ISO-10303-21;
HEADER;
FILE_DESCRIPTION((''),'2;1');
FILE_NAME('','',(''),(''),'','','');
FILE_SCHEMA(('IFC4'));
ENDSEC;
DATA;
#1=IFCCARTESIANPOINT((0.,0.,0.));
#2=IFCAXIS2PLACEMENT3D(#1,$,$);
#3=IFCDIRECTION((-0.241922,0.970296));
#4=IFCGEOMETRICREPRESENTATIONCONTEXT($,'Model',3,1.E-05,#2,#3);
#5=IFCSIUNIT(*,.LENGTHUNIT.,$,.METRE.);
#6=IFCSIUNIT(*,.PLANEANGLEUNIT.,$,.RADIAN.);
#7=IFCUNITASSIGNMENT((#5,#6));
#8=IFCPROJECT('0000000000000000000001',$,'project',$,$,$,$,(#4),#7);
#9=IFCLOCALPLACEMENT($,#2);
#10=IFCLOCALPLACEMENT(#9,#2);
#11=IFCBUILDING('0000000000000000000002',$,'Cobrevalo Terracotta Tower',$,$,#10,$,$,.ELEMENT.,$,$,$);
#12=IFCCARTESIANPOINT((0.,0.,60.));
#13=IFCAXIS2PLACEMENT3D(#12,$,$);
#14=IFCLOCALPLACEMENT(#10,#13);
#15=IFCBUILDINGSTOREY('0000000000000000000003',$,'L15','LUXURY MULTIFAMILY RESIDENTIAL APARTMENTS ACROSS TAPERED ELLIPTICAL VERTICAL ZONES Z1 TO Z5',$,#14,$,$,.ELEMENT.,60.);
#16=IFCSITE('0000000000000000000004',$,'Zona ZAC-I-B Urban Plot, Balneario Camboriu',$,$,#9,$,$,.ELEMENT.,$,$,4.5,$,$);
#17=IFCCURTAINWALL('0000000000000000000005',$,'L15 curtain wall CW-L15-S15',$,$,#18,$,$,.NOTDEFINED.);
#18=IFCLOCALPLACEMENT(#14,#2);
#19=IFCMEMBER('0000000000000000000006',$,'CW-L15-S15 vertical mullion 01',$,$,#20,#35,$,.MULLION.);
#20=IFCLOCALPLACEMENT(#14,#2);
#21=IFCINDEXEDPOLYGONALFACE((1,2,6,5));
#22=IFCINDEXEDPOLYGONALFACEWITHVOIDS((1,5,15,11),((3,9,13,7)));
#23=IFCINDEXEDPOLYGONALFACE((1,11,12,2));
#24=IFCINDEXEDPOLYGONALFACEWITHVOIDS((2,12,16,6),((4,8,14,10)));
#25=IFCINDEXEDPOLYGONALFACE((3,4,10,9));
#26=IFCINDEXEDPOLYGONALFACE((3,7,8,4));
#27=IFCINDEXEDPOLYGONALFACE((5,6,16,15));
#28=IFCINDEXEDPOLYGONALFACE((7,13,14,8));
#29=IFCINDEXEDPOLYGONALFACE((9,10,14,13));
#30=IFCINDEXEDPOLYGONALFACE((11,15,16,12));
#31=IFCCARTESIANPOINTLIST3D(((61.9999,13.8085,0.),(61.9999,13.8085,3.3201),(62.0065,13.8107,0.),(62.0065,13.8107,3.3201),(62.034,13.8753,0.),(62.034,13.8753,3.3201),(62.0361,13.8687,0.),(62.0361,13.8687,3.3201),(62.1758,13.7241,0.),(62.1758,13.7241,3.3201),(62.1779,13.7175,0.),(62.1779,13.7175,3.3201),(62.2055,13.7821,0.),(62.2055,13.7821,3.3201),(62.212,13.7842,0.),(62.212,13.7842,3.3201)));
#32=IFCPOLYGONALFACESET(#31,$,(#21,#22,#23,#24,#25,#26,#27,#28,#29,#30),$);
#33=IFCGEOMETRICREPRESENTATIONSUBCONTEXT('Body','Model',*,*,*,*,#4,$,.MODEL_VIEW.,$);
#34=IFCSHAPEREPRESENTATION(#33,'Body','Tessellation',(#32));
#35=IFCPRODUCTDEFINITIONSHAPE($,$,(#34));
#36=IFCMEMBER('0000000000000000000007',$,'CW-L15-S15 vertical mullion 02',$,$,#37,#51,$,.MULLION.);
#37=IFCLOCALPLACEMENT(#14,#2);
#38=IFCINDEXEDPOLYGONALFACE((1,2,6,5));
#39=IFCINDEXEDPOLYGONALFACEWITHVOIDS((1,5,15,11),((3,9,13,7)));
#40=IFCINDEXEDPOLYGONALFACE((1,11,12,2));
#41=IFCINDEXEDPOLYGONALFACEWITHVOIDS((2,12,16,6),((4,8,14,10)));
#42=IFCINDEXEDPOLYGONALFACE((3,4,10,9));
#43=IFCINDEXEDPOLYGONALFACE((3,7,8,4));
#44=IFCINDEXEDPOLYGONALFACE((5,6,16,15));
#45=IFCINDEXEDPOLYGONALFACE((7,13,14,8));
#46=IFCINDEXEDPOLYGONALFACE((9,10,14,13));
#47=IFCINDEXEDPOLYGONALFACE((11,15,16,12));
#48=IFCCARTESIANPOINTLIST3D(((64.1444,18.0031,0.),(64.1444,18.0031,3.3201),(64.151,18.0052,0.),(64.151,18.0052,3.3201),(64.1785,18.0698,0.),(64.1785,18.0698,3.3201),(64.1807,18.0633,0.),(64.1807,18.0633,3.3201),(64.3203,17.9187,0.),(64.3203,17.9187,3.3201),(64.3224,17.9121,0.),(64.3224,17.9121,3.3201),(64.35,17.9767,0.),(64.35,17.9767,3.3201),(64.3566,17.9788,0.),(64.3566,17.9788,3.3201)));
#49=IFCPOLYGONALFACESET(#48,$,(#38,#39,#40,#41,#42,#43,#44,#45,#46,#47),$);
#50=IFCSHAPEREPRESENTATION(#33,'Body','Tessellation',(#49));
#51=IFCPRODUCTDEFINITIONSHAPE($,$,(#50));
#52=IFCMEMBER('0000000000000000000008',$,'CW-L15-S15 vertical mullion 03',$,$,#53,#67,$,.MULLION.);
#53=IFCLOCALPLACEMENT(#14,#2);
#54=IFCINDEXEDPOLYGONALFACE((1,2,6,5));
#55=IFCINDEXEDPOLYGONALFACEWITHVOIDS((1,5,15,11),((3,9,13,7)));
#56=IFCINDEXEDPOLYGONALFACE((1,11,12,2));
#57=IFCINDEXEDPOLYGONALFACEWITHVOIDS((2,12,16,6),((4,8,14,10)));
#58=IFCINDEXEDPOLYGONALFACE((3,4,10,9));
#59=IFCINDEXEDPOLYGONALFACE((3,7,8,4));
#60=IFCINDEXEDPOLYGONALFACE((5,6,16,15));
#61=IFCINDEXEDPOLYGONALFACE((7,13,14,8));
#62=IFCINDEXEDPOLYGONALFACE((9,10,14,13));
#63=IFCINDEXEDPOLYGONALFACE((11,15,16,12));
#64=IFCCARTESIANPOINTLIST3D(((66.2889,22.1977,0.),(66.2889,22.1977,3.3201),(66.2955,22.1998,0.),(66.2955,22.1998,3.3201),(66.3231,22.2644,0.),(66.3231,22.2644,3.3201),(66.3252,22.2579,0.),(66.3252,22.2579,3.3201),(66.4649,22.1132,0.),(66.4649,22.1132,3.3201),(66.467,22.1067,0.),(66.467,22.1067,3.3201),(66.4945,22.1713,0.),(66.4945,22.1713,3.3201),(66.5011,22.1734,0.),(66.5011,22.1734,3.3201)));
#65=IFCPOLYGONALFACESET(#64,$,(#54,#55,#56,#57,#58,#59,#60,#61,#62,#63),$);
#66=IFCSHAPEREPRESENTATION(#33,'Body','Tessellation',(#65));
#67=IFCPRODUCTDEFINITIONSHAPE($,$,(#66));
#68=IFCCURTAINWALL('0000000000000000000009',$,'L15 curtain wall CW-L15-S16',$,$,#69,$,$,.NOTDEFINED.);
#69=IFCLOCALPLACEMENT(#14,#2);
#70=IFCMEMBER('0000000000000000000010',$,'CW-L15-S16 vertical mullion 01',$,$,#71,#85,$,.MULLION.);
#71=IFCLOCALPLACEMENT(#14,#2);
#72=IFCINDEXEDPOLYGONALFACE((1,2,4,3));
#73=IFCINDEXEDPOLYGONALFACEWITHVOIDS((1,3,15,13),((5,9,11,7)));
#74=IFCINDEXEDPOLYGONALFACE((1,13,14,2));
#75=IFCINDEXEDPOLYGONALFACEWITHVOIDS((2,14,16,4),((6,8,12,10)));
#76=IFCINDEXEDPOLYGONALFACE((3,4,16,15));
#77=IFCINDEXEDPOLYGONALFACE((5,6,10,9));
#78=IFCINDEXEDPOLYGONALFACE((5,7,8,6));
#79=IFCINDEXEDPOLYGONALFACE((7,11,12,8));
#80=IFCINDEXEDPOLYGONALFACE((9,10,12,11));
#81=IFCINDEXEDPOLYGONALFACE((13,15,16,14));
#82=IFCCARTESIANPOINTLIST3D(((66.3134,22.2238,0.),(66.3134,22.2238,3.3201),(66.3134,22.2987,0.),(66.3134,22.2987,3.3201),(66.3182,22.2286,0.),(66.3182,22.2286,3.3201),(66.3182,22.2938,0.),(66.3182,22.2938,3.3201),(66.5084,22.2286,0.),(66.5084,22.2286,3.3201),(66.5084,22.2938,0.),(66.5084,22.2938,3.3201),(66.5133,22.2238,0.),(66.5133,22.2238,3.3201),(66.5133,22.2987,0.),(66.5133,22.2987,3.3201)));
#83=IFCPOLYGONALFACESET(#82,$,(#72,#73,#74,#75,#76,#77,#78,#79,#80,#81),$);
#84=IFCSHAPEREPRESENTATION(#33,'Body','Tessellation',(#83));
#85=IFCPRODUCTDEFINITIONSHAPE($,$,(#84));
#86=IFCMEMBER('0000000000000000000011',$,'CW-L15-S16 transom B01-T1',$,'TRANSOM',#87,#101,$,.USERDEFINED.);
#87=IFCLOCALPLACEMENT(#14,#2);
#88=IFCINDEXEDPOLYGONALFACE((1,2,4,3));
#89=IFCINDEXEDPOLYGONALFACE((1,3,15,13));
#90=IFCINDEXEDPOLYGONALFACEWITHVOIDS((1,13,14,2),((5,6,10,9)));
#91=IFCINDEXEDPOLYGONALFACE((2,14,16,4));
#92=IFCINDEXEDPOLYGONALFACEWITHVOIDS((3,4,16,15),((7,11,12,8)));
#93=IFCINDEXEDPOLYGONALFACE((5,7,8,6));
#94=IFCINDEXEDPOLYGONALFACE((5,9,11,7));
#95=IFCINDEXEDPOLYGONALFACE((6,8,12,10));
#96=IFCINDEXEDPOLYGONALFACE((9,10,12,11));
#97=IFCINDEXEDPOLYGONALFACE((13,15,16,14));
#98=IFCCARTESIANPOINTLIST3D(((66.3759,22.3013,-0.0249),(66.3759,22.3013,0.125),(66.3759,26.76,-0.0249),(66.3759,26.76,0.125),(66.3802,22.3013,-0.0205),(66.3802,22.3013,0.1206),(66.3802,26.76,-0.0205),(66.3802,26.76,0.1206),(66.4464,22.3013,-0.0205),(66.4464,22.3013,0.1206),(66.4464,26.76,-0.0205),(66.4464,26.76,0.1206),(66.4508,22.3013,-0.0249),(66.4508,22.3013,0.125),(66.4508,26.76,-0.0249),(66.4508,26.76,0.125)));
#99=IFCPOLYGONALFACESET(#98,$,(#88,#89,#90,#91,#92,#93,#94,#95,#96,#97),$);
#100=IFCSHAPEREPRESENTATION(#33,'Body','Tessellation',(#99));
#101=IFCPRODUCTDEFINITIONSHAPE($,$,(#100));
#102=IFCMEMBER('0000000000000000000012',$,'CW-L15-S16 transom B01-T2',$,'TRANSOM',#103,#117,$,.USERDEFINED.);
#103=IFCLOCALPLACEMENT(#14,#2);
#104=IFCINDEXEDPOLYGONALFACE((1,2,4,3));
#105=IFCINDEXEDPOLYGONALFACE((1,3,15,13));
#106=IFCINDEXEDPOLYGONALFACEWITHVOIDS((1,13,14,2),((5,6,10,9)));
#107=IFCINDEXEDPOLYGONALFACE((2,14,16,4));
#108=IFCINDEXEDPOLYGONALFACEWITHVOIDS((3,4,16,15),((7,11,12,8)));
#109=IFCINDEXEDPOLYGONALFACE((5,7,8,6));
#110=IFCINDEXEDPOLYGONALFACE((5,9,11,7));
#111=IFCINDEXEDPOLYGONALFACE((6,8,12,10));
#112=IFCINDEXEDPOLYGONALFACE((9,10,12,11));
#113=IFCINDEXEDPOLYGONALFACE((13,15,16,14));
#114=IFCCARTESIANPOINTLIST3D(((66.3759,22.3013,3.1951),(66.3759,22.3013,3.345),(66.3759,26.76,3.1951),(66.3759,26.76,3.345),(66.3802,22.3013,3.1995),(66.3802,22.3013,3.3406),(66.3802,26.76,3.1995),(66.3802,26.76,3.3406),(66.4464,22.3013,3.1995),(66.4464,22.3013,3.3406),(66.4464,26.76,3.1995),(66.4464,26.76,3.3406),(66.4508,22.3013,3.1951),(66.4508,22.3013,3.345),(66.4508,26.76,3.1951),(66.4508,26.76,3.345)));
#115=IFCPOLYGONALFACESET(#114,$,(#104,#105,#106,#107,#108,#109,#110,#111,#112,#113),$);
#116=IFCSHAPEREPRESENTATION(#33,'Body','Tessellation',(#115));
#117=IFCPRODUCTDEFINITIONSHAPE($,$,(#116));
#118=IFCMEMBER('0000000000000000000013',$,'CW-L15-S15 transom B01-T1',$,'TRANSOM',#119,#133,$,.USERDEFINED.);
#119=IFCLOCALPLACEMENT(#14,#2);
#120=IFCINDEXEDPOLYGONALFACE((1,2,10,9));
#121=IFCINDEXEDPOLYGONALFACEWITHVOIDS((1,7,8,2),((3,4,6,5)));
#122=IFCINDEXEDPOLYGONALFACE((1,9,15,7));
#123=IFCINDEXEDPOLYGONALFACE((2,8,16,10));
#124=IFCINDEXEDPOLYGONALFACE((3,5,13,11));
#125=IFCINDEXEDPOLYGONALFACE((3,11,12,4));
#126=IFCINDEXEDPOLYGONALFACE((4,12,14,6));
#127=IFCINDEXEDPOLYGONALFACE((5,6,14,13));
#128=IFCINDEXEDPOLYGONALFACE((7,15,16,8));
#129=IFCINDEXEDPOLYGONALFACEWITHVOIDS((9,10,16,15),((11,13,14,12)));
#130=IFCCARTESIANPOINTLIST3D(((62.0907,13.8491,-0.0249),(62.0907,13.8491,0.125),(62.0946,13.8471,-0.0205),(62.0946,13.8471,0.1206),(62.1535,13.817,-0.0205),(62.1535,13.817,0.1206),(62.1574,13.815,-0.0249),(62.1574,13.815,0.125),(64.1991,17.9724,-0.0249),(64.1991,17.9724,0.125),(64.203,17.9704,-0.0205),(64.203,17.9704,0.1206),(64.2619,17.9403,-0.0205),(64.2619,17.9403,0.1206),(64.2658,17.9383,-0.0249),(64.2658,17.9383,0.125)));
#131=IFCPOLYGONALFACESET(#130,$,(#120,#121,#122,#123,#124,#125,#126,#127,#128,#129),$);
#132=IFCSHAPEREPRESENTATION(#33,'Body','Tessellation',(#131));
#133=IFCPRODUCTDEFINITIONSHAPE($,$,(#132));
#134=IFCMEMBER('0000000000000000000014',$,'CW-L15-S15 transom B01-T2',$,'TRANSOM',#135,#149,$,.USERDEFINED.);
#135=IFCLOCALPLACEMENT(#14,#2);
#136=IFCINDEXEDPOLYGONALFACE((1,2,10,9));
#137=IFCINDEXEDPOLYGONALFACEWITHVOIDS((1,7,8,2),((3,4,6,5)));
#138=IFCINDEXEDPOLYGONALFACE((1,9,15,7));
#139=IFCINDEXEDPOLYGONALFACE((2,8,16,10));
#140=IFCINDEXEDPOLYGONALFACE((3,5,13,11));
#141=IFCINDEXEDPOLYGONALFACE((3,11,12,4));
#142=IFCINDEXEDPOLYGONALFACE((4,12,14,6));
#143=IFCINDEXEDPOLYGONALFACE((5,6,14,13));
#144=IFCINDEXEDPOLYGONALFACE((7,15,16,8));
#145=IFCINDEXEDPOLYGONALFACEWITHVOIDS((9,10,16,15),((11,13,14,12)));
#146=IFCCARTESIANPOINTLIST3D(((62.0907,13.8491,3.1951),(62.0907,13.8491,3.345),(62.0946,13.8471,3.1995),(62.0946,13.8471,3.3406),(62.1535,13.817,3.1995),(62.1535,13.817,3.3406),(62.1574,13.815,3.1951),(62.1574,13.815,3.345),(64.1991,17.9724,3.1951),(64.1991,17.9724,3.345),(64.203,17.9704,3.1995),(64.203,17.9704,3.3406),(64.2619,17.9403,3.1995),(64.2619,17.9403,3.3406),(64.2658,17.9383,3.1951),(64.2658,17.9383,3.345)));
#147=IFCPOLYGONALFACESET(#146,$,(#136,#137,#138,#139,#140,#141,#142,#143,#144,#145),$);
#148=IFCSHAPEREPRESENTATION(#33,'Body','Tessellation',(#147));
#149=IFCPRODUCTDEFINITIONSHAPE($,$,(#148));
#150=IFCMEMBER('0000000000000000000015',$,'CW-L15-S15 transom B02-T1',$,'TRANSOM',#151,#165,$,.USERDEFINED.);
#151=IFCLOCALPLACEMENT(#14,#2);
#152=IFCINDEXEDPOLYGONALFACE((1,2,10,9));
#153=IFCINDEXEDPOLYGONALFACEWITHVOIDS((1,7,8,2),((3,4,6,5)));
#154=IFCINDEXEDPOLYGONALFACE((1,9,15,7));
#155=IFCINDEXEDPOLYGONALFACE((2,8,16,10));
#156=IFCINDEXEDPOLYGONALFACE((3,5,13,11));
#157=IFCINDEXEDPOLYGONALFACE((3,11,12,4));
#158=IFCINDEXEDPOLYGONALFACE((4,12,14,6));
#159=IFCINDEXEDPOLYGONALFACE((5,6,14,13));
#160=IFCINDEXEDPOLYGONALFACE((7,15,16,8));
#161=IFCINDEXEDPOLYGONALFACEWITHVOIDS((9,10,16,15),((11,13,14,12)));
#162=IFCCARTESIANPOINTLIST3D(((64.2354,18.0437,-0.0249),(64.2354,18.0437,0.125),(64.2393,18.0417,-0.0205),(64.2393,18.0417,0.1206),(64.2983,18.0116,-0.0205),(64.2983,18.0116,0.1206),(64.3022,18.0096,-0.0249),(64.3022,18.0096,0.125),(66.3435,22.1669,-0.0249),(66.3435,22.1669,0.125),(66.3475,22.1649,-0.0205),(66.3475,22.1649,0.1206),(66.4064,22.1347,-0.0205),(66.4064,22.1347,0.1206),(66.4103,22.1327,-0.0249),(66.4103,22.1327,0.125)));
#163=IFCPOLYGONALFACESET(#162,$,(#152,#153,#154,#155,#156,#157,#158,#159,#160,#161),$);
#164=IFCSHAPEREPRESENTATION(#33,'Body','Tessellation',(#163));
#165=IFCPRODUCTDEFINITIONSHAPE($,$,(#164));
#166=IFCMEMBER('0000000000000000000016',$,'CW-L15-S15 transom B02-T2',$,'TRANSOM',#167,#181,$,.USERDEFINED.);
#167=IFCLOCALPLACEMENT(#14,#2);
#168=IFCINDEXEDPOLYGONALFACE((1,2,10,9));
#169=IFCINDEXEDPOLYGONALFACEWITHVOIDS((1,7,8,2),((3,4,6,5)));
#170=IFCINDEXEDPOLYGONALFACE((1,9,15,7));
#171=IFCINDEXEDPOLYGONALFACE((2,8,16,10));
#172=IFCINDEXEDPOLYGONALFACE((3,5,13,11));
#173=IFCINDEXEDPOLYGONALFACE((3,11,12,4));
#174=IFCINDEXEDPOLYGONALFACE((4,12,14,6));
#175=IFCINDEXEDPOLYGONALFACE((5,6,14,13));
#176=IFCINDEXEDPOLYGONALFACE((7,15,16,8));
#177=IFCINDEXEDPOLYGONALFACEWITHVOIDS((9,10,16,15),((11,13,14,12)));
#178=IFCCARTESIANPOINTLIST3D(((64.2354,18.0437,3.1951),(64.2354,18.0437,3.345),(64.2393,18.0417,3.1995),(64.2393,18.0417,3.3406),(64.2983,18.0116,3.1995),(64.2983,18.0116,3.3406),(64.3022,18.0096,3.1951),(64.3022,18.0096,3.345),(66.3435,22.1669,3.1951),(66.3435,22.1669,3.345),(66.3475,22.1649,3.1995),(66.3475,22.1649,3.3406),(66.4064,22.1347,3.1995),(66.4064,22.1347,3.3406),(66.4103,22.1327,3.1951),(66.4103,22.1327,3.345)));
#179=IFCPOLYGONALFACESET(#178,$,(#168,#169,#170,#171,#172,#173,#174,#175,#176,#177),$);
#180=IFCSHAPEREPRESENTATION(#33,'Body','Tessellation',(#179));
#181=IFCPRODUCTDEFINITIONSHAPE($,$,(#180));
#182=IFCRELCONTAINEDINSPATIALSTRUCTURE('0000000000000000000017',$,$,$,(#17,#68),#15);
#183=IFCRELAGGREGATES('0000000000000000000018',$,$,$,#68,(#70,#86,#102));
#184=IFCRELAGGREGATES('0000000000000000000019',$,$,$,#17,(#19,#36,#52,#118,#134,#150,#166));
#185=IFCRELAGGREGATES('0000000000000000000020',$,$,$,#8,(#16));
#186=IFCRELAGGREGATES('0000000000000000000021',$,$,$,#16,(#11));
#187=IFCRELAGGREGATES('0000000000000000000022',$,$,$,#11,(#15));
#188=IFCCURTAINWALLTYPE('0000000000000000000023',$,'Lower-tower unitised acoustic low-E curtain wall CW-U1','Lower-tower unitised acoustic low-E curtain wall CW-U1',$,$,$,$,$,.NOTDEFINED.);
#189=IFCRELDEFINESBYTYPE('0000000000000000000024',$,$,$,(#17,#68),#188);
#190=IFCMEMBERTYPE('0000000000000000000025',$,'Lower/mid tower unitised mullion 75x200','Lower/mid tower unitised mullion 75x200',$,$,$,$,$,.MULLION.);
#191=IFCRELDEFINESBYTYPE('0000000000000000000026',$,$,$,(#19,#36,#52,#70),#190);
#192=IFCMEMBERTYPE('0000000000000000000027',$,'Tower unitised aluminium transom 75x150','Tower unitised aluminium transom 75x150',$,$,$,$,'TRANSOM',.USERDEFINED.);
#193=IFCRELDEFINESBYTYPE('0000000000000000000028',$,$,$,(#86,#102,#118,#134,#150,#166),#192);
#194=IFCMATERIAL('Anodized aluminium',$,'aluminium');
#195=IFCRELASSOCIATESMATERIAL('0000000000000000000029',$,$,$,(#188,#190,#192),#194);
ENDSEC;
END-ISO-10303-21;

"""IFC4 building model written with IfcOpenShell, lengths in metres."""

from ifc_helpers import new_model, si_unit, direction, frame, origin, origin_2d, place, context, subcontext, project, spatial, hollow_rectangle, extrude, source, transform, mapped, material, material_profile, profile_set, type_object, element, aggregate, save


model = new_model("IFC4")

# Units and contexts
model_context = context("Model", 3, precision=1e-05, world=origin(), true_north=direction((-0.241922, 0.970296)))
body_context = subcontext(model_context, "Body", "Model", "MODEL_VIEW")
ifc_project = project(units=[si_unit("LENGTHUNIT", "METRE"), si_unit("PLANEANGLEUNIT", "RADIAN")], contexts=[model_context])

# Site, building, storey
site_placement = place(None, origin())
site = spatial("IfcSite", under=ifc_project, at=site_placement, Name="Zona ZAC-I-B Urban Plot, Balneario Camboriu", CompositionType="ELEMENT", RefElevation=4.5)
building_placement = place(site_placement, origin())
building = spatial("IfcBuilding", under=site, at=building_placement, Name="Cobrevalo Terracotta Tower", CompositionType="ELEMENT")
storey_placement = place(building_placement, frame((0.0, 0.0, 60.0)))
storey = spatial("IfcBuildingStorey", under=building, at=storey_placement, Name="L15", Description="LUXURY MULTIFAMILY RESIDENTIAL APARTMENTS ACROSS TAPERED ELLIPTICAL VERTICAL ZONES Z1 TO Z5", CompositionType="ELEMENT", Elevation=60.0)

# Curtain walls, members
ifc_material_1 = material(Name="Anodized aluminium", Category="aluminium")
curtain_wall_type = type_object("IfcCurtainWallType", Name="Lower-tower unitised acoustic low-E curtain wall CW-U1", Description="Lower-tower unitised acoustic low-E curtain wall CW-U1", PredefinedType="NOTDEFINED", material=ifc_material_1)
curtain_wall_1_placement = place(storey_placement, origin())
curtain_wall_1 = element("IfcCurtainWall", 1, at=curtain_wall_1_placement, inside=storey, type_object=curtain_wall_type, Name="L15 curtain wall CW-L15-S15", PredefinedType="NOTDEFINED")
ifc_material_profile_1 = material_profile(ifc_material_1, hollow_rectangle(XDim=0.075, YDim=0.2, WallThickness=0.0049, at=origin_2d()), Name="CWM 75x200")
ifc_profile_set_1 = profile_set([ifc_material_profile_1], Name="Anodized aluminium")
member_type_1 = type_object("IfcMemberType", Name="Lower/mid tower unitised mullion 75x200", Description="Lower/mid tower unitised mullion 75x200", PredefinedType="MULLION", material=ifc_profile_set_1)
shared_shape_1 = source(origin(), body_context, "Body", "SweptSolid", [
    extrude(hollow_rectangle(XDim=0.075, YDim=0.2, WallThickness=0.0049, at=origin_2d()), origin(), (0.0, 0.0, 1.0), 3.3201),
])
member_1_placement = place(storey_placement, frame((62.106, 13.7964, 0.0), z_axis=(0.0, 0.0, 1.0), x_axis=(0.455234, 0.890372, 0.0)))
member_1 = element("IfcMember", 2, at=member_1_placement, type_object=member_type_1, Name="CW-L15-S15 vertical mullion 01", PredefinedType="MULLION", context=body_context, shape_type="MappedRepresentation", body=[
    mapped(shared_shape_1, transform((0.0, 0.0, 0.0), scale=1.0)),
])
member_2_placement = place(storey_placement, frame((64.2505, 17.991, 0.0), z_axis=(0.0, 0.0, 1.0), x_axis=(0.455234, 0.890372, 0.0)))
member_2 = element("IfcMember", 3, at=member_2_placement, type_object=member_type_1, Name="CW-L15-S15 vertical mullion 02", PredefinedType="MULLION", context=body_context, shape_type="MappedRepresentation", body=[
    mapped(shared_shape_1, transform((0.0, 0.0, 0.0), scale=1.0)),
])
member_3_placement = place(storey_placement, frame((66.395, 22.1855, 0.0), z_axis=(0.0, 0.0, 1.0), x_axis=(0.455234, 0.890372, 0.0)))
member_3 = element("IfcMember", 4, at=member_3_placement, type_object=member_type_1, Name="CW-L15-S15 vertical mullion 03", PredefinedType="MULLION", context=body_context, shape_type="MappedRepresentation", body=[
    mapped(shared_shape_1, transform((0.0, 0.0, 0.0), scale=1.0)),
])
curtain_wall_2_placement = place(storey_placement, origin())
curtain_wall_2 = element("IfcCurtainWall", 5, at=curtain_wall_2_placement, inside=storey, type_object=curtain_wall_type, Name="L15 curtain wall CW-L15-S16", PredefinedType="NOTDEFINED")
member_4_placement = place(storey_placement, frame((66.4133, 22.2612, 0.0), z_axis=(0.0, 0.0, 1.0), x_axis=(0.0, 1.0, 0.0)))
member_4 = element("IfcMember", 6, at=member_4_placement, type_object=member_type_1, Name="CW-L15-S16 vertical mullion 01", PredefinedType="MULLION", context=body_context, shape_type="MappedRepresentation", body=[
    mapped(shared_shape_1, transform((0.0, 0.0, 0.0), scale=1.0)),
])
ifc_material_profile_2 = material_profile(ifc_material_1, hollow_rectangle(XDim=0.075, YDim=0.1499, WallThickness=0.0044, at=origin_2d()), Name="CWT 75x150")
ifc_profile_set_2 = profile_set([ifc_material_profile_2], Name="Anodized aluminium")
member_type_2 = type_object("IfcMemberType", Name="Tower unitised aluminium transom 75x150", Description="Tower unitised aluminium transom 75x150", ElementType="TRANSOM", PredefinedType="USERDEFINED", material=ifc_profile_set_2)
shared_shape_2 = source(origin(), body_context, "Body", "SweptSolid", [
    extrude(hollow_rectangle(XDim=0.075, YDim=0.1499, WallThickness=0.0044, at=origin_2d()), origin(), (0.0, 0.0, 1.0), 4.4587),
])
member_5_placement = place(storey_placement, frame((66.4133, 22.3013, 0.05), z_axis=(0.0, 1.0, 0.0), x_axis=(-1.0, 0.0, 0.0)))
member_5 = element("IfcMember", 7, at=member_5_placement, type_object=member_type_2, Name="CW-L15-S16 transom B01-T1", ObjectType="TRANSOM", PredefinedType="USERDEFINED", context=body_context, shape_type="MappedRepresentation", body=[
    mapped(shared_shape_2, transform((0.0, 0.0, 0.0), scale=1.0)),
])
member_6_placement = place(storey_placement, frame((66.4133, 22.3013, 3.27), z_axis=(0.0, 1.0, 0.0), x_axis=(-1.0, 0.0, 0.0)))
member_6 = element("IfcMember", 8, at=member_6_placement, type_object=member_type_2, Name="CW-L15-S16 transom B01-T2", ObjectType="TRANSOM", PredefinedType="USERDEFINED", context=body_context, shape_type="MappedRepresentation", body=[
    mapped(shared_shape_2, transform((0.0, 0.0, 0.0), scale=1.0)),
])

# Members
shared_shape_3 = source(origin(), body_context, "Body", "SweptSolid", [
    extrude(hollow_rectangle(XDim=0.075, YDim=0.1499, WallThickness=0.0044, at=origin_2d()), origin(), (0.0, 0.0, 1.0), 4.6311),
])
member_7_placement = place(storey_placement, frame((62.124, 13.832, 0.05), z_axis=(0.455272, 0.890353, 0.0), x_axis=(-0.890353, 0.455272, 0.0)))
member_7 = element("IfcMember", 9, at=member_7_placement, type_object=member_type_2, Name="CW-L15-S15 transom B01-T1", ObjectType="TRANSOM", PredefinedType="USERDEFINED", context=body_context, shape_type="MappedRepresentation", body=[
    mapped(shared_shape_3, transform((0.0, 0.0, 0.0), scale=1.0)),
])
member_8_placement = place(storey_placement, frame((62.124, 13.832, 3.27), z_axis=(0.455272, 0.890353, 0.0), x_axis=(-0.890353, 0.455272, 0.0)))
member_8 = element("IfcMember", 10, at=member_8_placement, type_object=member_type_2, Name="CW-L15-S15 transom B01-T2", ObjectType="TRANSOM", PredefinedType="USERDEFINED", context=body_context, shape_type="MappedRepresentation", body=[
    mapped(shared_shape_3, transform((0.0, 0.0, 0.0), scale=1.0)),
])
shared_shape_4 = source(origin(), body_context, "Body", "SweptSolid", [
    extrude(hollow_rectangle(XDim=0.075, YDim=0.1499, WallThickness=0.0044, at=origin_2d()), origin(), (0.0, 0.0, 1.0), 4.6309),
])
member_9_placement = place(storey_placement, frame((64.2688, 18.0266, 0.05), z_axis=(0.45523, 0.890374, 0.0), x_axis=(-0.890374, 0.45523, 0.0)))
member_9 = element("IfcMember", 11, at=member_9_placement, type_object=member_type_2, Name="CW-L15-S15 transom B02-T1", ObjectType="TRANSOM", PredefinedType="USERDEFINED", context=body_context, shape_type="MappedRepresentation", body=[
    mapped(shared_shape_4, transform((0.0, 0.0, 0.0), scale=1.0)),
])
member_10_placement = place(storey_placement, frame((64.2688, 18.0266, 3.27), z_axis=(0.45523, 0.890374, 0.0), x_axis=(-0.890374, 0.45523, 0.0)))
member_10 = element("IfcMember", 12, at=member_10_placement, type_object=member_type_2, Name="CW-L15-S15 transom B02-T2", ObjectType="TRANSOM", PredefinedType="USERDEFINED", context=body_context, shape_type="MappedRepresentation", body=[
    mapped(shared_shape_4, transform((0.0, 0.0, 0.0), scale=1.0)),
])

aggregate(curtain_wall_2, [member_4, member_5, member_6])
aggregate(curtain_wall_1, [member_1, member_2, member_3, member_7, member_8, member_9, member_10])

save(model, "model.ifc")
